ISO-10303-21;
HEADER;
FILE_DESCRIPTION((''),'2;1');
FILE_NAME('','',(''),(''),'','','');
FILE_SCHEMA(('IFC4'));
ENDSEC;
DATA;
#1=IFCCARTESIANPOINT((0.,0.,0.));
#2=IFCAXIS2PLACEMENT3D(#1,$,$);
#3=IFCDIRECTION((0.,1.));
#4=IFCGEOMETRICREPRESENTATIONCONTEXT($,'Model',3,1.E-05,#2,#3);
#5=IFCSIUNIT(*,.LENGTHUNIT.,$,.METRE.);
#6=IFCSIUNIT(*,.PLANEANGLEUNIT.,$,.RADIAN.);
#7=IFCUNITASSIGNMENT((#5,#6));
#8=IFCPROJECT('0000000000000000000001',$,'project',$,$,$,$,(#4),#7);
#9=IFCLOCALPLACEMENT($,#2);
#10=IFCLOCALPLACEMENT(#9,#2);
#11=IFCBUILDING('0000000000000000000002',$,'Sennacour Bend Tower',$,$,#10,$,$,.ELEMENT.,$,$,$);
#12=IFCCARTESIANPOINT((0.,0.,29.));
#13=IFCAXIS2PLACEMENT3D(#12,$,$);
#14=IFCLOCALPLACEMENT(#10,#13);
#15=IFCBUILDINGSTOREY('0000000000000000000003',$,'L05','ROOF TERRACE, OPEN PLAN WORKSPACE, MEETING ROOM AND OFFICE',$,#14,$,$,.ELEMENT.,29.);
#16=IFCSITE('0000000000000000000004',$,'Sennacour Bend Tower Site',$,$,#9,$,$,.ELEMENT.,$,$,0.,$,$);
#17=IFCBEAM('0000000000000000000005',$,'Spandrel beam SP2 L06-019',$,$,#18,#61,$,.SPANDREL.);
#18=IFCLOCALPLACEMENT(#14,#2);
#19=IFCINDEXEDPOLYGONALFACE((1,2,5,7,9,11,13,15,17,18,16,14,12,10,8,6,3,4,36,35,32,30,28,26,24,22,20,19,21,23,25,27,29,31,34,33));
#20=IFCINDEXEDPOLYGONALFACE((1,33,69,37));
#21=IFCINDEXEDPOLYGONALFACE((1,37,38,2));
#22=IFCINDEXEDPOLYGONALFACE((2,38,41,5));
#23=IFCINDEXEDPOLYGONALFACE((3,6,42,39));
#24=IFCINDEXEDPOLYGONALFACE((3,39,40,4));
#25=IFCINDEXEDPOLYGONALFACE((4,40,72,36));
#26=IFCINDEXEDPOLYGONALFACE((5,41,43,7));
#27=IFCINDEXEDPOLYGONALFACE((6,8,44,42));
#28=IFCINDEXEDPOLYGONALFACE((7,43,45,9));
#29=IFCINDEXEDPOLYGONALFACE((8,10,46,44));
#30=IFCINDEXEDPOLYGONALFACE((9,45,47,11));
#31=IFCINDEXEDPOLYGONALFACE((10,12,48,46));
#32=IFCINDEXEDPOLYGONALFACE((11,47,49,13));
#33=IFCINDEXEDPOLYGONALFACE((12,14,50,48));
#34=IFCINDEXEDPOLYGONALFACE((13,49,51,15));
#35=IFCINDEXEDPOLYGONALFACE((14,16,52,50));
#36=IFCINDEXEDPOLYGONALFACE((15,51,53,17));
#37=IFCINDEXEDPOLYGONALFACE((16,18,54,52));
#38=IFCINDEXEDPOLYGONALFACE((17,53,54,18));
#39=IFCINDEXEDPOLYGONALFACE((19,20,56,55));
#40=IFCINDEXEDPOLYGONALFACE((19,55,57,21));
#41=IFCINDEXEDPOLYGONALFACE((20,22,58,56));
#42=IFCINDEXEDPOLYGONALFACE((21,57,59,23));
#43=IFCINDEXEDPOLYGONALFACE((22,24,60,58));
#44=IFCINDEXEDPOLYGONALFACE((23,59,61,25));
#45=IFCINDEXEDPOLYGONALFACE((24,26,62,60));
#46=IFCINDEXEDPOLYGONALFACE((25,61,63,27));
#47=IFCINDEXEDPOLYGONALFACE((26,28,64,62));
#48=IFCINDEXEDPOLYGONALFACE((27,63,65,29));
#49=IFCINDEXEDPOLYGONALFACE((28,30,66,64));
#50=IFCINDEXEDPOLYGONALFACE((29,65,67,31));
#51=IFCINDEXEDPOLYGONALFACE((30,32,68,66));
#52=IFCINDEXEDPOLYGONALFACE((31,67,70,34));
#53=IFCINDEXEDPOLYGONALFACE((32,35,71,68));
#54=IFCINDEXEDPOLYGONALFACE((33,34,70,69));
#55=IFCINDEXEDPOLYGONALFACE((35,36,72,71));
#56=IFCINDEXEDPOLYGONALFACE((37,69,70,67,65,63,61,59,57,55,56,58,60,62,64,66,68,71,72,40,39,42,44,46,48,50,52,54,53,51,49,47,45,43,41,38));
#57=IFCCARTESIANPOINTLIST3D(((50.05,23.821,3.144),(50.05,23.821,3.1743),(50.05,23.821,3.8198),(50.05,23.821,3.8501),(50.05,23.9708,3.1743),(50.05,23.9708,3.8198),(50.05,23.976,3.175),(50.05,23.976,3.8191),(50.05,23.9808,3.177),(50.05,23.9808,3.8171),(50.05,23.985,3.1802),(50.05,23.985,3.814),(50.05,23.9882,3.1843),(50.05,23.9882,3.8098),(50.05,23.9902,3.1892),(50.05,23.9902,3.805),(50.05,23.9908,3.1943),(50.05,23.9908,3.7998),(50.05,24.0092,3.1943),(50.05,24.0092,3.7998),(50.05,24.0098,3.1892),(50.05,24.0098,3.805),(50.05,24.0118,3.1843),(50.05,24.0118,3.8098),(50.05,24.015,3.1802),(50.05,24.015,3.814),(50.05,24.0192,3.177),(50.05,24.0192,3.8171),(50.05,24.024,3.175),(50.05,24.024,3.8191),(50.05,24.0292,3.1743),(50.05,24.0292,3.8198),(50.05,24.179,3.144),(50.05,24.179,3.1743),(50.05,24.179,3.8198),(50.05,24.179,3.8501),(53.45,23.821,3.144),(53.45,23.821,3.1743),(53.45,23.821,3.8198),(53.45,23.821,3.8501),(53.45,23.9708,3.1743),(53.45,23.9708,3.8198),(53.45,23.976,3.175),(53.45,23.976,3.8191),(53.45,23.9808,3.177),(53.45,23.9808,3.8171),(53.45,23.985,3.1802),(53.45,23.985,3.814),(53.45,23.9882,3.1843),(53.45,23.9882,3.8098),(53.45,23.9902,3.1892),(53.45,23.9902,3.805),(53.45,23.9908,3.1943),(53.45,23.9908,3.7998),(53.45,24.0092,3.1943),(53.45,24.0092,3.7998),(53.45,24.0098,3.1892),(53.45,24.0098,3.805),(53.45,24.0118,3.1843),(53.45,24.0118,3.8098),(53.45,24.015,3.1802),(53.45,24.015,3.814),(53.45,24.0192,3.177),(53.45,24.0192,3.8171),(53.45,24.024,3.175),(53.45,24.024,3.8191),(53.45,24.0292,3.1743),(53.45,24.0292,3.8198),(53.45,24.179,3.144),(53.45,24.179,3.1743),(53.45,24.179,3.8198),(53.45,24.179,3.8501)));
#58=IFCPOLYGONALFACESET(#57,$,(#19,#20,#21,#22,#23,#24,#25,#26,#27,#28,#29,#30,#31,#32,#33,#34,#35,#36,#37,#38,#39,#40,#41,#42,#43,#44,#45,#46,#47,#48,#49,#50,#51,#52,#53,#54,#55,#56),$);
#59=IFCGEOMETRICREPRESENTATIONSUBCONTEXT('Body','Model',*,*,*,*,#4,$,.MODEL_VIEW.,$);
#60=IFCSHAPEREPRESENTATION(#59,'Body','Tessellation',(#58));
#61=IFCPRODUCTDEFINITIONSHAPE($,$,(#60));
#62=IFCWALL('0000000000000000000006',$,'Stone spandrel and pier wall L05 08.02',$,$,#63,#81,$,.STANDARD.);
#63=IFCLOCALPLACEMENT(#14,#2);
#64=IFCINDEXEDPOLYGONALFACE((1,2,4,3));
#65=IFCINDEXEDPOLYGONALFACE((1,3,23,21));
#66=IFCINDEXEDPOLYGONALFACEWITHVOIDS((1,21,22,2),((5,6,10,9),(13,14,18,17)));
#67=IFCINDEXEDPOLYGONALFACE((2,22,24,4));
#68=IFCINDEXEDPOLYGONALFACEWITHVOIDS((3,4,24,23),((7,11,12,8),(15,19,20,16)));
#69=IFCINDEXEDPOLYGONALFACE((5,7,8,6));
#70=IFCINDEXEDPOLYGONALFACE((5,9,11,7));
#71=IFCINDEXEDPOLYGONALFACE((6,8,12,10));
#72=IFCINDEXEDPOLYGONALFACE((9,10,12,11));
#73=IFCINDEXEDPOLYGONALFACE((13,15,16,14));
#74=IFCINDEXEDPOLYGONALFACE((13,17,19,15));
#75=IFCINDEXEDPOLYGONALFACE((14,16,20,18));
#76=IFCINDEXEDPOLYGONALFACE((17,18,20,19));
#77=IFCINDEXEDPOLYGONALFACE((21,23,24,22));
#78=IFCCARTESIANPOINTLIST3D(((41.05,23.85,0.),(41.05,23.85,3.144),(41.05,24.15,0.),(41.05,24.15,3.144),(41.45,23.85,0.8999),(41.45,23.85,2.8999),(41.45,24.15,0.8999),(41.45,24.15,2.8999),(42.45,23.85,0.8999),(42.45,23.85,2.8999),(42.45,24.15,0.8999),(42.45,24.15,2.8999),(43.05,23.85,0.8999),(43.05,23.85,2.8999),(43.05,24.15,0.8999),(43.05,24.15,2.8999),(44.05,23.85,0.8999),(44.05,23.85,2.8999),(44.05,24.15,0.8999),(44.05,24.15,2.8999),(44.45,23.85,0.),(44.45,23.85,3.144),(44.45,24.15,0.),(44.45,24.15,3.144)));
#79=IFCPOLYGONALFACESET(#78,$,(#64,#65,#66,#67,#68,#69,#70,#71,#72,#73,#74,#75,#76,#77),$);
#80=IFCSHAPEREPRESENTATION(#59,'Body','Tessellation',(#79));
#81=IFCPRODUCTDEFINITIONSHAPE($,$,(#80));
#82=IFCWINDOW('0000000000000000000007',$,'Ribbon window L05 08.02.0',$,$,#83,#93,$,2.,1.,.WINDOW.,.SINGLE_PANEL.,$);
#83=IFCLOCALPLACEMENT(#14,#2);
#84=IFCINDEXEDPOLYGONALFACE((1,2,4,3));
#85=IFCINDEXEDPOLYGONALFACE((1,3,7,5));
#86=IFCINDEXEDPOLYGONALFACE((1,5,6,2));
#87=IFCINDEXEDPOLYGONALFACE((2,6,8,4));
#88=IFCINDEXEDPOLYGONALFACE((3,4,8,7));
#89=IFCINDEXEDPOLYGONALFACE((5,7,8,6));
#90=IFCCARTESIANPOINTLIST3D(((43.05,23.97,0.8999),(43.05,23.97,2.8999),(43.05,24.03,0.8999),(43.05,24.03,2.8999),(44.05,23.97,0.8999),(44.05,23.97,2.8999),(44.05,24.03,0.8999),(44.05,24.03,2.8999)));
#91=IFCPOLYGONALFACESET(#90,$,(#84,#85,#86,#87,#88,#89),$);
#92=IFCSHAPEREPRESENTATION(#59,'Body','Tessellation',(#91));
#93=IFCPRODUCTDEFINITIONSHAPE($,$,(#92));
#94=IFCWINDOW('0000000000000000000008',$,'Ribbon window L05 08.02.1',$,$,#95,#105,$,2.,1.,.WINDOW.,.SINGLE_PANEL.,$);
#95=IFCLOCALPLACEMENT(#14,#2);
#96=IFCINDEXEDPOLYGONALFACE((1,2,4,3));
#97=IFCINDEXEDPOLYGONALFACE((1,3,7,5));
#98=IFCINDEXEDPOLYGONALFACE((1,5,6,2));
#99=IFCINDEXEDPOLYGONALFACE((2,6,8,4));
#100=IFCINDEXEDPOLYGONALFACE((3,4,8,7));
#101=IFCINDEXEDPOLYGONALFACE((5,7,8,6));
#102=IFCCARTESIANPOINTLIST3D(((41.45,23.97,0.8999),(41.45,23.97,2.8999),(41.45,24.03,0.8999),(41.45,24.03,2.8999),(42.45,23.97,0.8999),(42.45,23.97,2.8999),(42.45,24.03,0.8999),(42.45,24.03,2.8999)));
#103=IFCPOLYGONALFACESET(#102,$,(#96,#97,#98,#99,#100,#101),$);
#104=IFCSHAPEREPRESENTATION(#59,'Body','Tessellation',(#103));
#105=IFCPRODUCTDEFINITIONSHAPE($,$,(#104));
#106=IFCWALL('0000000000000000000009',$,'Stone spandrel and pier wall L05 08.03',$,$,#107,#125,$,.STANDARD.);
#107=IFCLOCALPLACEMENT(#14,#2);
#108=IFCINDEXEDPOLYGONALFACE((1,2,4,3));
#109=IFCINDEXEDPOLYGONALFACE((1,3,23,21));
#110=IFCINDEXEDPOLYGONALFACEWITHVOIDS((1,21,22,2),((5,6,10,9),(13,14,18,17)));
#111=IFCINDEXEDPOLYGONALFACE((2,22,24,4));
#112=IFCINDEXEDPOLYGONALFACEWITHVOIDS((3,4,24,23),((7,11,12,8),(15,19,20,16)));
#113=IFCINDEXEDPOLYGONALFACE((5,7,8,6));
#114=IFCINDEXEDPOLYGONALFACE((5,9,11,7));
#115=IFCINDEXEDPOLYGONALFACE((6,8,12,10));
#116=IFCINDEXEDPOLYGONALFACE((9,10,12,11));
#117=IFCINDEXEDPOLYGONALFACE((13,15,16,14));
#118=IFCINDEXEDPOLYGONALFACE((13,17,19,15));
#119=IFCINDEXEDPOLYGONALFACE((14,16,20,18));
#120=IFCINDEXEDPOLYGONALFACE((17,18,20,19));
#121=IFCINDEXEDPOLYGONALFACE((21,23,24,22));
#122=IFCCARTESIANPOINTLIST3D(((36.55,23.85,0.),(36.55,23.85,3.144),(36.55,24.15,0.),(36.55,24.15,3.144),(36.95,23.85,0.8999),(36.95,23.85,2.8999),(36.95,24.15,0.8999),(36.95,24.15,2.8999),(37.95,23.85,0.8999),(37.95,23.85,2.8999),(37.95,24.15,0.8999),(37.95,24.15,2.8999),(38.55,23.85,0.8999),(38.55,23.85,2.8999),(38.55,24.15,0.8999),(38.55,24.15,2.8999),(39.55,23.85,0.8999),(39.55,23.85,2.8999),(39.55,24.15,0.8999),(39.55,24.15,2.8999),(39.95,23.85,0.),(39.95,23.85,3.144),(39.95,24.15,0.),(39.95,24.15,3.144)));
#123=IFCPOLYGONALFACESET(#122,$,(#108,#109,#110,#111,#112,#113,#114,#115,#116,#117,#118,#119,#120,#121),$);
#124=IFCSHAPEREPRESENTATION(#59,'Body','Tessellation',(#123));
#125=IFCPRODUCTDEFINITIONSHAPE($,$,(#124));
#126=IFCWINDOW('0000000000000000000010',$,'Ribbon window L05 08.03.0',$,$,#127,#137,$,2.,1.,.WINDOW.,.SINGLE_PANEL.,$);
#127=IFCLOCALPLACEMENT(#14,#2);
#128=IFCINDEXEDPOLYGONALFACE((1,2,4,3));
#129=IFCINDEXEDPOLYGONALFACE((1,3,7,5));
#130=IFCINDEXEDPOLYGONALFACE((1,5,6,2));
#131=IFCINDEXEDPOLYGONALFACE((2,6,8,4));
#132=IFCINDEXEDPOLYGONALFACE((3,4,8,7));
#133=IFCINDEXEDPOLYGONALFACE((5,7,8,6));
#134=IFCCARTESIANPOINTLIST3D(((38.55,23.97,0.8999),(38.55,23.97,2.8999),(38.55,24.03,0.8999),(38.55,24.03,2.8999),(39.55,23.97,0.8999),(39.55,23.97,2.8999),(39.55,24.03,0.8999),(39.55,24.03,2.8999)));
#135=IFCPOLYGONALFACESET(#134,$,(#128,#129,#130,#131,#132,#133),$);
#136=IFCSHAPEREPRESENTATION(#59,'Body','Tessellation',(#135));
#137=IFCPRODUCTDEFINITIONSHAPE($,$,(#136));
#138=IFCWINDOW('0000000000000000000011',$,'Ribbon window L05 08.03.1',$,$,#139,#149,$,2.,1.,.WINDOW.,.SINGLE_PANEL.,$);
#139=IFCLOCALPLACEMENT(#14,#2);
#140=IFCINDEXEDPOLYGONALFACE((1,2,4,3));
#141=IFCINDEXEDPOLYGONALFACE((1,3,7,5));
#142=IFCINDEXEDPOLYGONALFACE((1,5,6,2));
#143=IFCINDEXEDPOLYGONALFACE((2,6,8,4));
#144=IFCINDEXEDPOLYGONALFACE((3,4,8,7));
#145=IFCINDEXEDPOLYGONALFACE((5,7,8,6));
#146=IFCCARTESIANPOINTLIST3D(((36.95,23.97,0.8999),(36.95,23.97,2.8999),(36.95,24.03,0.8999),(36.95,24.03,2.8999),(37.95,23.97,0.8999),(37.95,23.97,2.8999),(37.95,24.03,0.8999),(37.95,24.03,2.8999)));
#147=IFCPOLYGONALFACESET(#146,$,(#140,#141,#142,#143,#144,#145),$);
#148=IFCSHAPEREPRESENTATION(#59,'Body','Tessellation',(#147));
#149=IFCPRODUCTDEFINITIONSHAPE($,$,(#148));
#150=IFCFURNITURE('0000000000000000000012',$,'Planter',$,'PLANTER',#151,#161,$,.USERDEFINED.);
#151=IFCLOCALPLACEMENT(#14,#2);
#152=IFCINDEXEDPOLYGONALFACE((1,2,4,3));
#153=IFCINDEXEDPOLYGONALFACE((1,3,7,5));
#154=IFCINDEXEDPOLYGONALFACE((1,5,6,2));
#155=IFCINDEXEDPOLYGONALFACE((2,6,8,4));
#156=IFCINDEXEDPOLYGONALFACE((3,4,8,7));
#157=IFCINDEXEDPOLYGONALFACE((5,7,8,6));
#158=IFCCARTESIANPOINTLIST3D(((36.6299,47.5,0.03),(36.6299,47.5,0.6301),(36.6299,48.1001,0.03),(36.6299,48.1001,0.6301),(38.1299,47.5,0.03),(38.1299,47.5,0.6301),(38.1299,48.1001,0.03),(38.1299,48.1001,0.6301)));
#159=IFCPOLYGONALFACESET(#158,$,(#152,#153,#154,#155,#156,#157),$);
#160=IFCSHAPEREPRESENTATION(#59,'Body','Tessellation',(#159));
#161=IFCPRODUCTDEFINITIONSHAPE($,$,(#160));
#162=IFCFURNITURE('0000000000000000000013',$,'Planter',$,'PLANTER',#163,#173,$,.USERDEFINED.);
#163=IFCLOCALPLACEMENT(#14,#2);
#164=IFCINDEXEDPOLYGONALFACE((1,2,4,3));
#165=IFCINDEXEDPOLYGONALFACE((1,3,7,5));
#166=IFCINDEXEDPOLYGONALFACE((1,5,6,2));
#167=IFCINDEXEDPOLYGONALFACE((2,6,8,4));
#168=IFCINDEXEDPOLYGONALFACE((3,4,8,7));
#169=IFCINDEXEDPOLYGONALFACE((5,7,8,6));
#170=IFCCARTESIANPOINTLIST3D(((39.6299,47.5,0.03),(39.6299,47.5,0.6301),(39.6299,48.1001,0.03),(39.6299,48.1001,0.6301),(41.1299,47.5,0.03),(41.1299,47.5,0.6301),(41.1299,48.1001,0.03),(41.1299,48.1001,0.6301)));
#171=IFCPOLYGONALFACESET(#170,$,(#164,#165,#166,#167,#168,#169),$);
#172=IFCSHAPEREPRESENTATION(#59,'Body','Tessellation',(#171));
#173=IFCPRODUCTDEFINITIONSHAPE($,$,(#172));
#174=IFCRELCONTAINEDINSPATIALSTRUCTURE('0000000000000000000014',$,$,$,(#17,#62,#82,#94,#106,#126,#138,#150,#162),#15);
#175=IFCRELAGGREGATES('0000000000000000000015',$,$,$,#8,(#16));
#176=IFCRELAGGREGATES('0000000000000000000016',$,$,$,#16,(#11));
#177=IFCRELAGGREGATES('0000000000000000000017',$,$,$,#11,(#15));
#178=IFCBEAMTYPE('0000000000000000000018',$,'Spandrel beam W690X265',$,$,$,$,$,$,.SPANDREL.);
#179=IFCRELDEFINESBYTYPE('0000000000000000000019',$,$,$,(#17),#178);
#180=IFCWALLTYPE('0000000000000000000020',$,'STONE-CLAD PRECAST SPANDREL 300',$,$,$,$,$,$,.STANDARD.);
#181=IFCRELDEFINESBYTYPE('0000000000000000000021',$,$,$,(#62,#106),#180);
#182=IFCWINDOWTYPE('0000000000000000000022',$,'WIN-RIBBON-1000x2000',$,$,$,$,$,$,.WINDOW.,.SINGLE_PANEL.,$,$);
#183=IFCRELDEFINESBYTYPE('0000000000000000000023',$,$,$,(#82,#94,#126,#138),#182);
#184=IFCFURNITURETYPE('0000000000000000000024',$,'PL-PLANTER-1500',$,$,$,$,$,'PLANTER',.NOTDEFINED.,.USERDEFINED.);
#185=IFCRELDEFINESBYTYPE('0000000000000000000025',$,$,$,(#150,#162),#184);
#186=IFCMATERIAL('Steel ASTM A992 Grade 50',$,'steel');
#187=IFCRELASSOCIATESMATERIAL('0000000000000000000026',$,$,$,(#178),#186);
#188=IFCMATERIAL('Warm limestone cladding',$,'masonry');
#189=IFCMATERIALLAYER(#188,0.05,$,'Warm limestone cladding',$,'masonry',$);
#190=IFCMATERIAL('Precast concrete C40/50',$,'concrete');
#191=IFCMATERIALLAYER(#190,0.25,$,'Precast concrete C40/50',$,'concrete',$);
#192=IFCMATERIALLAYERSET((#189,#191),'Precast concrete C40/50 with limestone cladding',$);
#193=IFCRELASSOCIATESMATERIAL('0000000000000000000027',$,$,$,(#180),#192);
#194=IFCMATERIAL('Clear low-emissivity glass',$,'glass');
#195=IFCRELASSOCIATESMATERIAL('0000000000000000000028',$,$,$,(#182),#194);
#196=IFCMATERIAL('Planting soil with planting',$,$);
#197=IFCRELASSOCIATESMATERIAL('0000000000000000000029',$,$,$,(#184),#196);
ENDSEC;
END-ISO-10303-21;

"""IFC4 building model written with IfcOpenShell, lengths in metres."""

from ifc_helpers import new_model, si_unit, direction, frame, frame_2d, origin, origin_2d, place, context, subcontext, project, spatial, rectangle, i_section, extrude, material, layer, layer_set, material_profile, profile_set, type_object, element, fill, save


model = new_model("IFC4")

# Units and contexts
model_context = context("Model", 3, precision=1e-05, world=origin(), true_north=direction((0.0, 1.0)))
body_context = subcontext(model_context, "Body", "Model", "MODEL_VIEW")
ifc_project = project(units=[si_unit("LENGTHUNIT", "METRE"), si_unit("PLANEANGLEUNIT", "RADIAN")], contexts=[model_context])

# Site, building, storey
site_placement = place(None, origin())
site = spatial("IfcSite", under=ifc_project, at=site_placement, Name="Sennacour Bend Tower Site", CompositionType="ELEMENT", RefElevation=0.0)
building_placement = place(site_placement, origin())
building = spatial("IfcBuilding", under=site, at=building_placement, Name="Sennacour Bend Tower", CompositionType="ELEMENT")
storey_placement = place(building_placement, frame((0.0, 0.0, 29.0)))
storey = spatial("IfcBuildingStorey", under=building, at=storey_placement, Name="L05", Description="ROOF TERRACE, OPEN PLAN WORKSPACE, MEETING ROOM AND OFFICE", CompositionType="ELEMENT", Elevation=29.0)

# Beam
ifc_material_1 = material(Name="Steel ASTM A992 Grade 50", Category="steel")
ifc_material_profile_1 = material_profile(ifc_material_1, i_section(OverallWidth=0.3579, OverallDepth=0.7061, WebThickness=0.0183, FlangeThickness=0.0303, FilletRadius=0.02, at=origin_2d()), Name="Steel ASTM A992 Grade 50", Category="steel")
ifc_profile_set_1 = profile_set([ifc_material_profile_1], Name="Steel ASTM A992 Grade 50")
beam_type = type_object("IfcBeamType", Name="Spandrel beam W690X265", PredefinedType="SPANDREL", material=ifc_profile_set_1)
for number, where, z_axis, x_axis, name in (
    (1, (50.05, 24.0, 3.4971), (1.0, 0.0, 0.0), (0.0, 1.0, 0.0), "Spandrel beam SP2 L06-019"),
):
    element("IfcBeam", number, at=place(storey_placement, frame(where, z_axis=z_axis, x_axis=x_axis)), inside=storey, type_object=beam_type, Name=name, PredefinedType="SPANDREL", context=body_context, shape_type="SweptSolid", body=[
        extrude(i_section(OverallWidth=0.3579, OverallDepth=0.7061, WebThickness=0.0183, FlangeThickness=0.0303, FilletRadius=0.02, at=origin_2d()), origin(), (0.0, 0.0, 1.0), 3.3999),
    ])

# Shared definitions
ifc_material_2 = material(Name="Warm limestone cladding", Category="masonry")
ifc_layer_1 = layer(ifc_material_2, 0.05, Name="Warm limestone cladding", Category="masonry")
ifc_material_3 = material(Name="Precast concrete C40/50", Category="concrete")
ifc_layer_2 = layer(ifc_material_3, 0.25, Name="Precast concrete C40/50", Category="concrete")
ifc_layer_set = layer_set([ifc_layer_1, ifc_layer_2], Name="Precast concrete C40/50 with limestone cladding")
wall_type = type_object("IfcWallType", Name="STONE-CLAD PRECAST SPANDREL 300", PredefinedType="STANDARD", material=ifc_layer_set)

# Walls, openings, windows
wall_1_placement = place(storey_placement, frame((44.45, 24.0, 0.0), z_axis=(0.0, 0.0, 1.0), x_axis=(-1.0, 0.0, 0.0)))
wall_1 = element("IfcWall", 2, at=wall_1_placement, inside=storey, type_object=wall_type, Name="Stone spandrel and pier wall L05 08.02", PredefinedType="STANDARD", context=body_context, shape_type="SweptSolid", body=[
    extrude(rectangle(XDim=3.3999, YDim=0.3, at=frame_2d((1.7, 0.0))), origin(), (0.0, 0.0, 1.0), 3.144),
])
opening_1_placement = place(wall_1_placement, frame((0.3999, 0.0, 0.8999)))
opening_1 = element("IfcOpeningElement", 3, at=opening_1_placement, cuts=wall_1, PredefinedType="OPENING", context=body_context, shape_type="SweptSolid", body=[
    extrude(rectangle(XDim=1.0, YDim=2.0, at=frame_2d((0.5, 1.0))), frame((0.0, 0.1602, 0.0), z_axis=(0.0, -1.0, 0.0), x_axis=(1.0, 0.0, 0.0)), (0.0, 0.0, 1.0), 0.3201),
])
opening_2_placement = place(wall_1_placement, frame((2.0, 0.0, 0.8999)))
opening_2 = element("IfcOpeningElement", 4, at=opening_2_placement, cuts=wall_1, PredefinedType="OPENING", context=body_context, shape_type="SweptSolid", body=[
    extrude(rectangle(XDim=1.0, YDim=2.0, at=frame_2d((0.5, 1.0))), frame((0.0, 0.1602, 0.0), z_axis=(0.0, -1.0, 0.0), x_axis=(1.0, 0.0, 0.0)), (0.0, 0.0, 1.0), 0.3201),
])
ifc_material_4 = material(Name="Clear low-emissivity glass", Category="glass")
window_type = type_object("IfcWindowType", Name="WIN-RIBBON-1000x2000", PartitioningType="SINGLE_PANEL", PredefinedType="WINDOW", material=ifc_material_4)
window_1_placement = place(opening_1_placement, origin())
window_1 = element("IfcWindow", 5, at=window_1_placement, inside=storey, type_object=window_type, Name="Ribbon window L05 08.02.0", OverallHeight=2.0, OverallWidth=1.0, PartitioningType="SINGLE_PANEL", PredefinedType="WINDOW", context=body_context, shape_type="SweptSolid", body=[
    extrude(rectangle(XDim=1.0, YDim=2.0, at=frame_2d((0.5, 1.0))), frame((0.0, 0.03, 0.0), z_axis=(0.0, -1.0, 0.0), x_axis=(1.0, 0.0, 0.0)), (0.0, 0.0, 1.0), 0.0601),
])
fill(opening_1, window_1)
window_2_placement = place(opening_2_placement, origin())
window_2 = element("IfcWindow", 6, at=window_2_placement, inside=storey, type_object=window_type, Name="Ribbon window L05 08.02.1", OverallHeight=2.0, OverallWidth=1.0, PartitioningType="SINGLE_PANEL", PredefinedType="WINDOW", context=body_context, shape_type="SweptSolid", body=[
    extrude(rectangle(XDim=1.0, YDim=2.0, at=frame_2d((0.5, 1.0))), frame((0.0, 0.03, 0.0), z_axis=(0.0, -1.0, 0.0), x_axis=(1.0, 0.0, 0.0)), (0.0, 0.0, 1.0), 0.0601),
])
fill(opening_2, window_2)
wall_2_placement = place(storey_placement, frame((39.95, 24.0, 0.0), z_axis=(0.0, 0.0, 1.0), x_axis=(-1.0, 0.0, 0.0)))
wall_2 = element("IfcWall", 7, at=wall_2_placement, inside=storey, type_object=wall_type, Name="Stone spandrel and pier wall L05 08.03", PredefinedType="STANDARD", context=body_context, shape_type="SweptSolid", body=[
    extrude(rectangle(XDim=3.3999, YDim=0.3, at=frame_2d((1.7, 0.0))), origin(), (0.0, 0.0, 1.0), 3.144),
])
opening_3_placement = place(wall_2_placement, frame((0.3999, 0.0, 0.8999)))
opening_3 = element("IfcOpeningElement", 8, at=opening_3_placement, cuts=wall_2, PredefinedType="OPENING", context=body_context, shape_type="SweptSolid", body=[
    extrude(rectangle(XDim=1.0, YDim=2.0, at=frame_2d((0.5, 1.0))), frame((0.0, 0.1602, 0.0), z_axis=(0.0, -1.0, 0.0), x_axis=(1.0, 0.0, 0.0)), (0.0, 0.0, 1.0), 0.3201),
])
opening_4_placement = place(wall_2_placement, frame((2.0, 0.0, 0.8999)))
opening_4 = element("IfcOpeningElement", 9, at=opening_4_placement, cuts=wall_2, PredefinedType="OPENING", context=body_context, shape_type="SweptSolid", body=[
    extrude(rectangle(XDim=1.0, YDim=2.0, at=frame_2d((0.5, 1.0))), frame((0.0, 0.1602, 0.0), z_axis=(0.0, -1.0, 0.0), x_axis=(1.0, 0.0, 0.0)), (0.0, 0.0, 1.0), 0.3201),
])
window_3_placement = place(opening_3_placement, origin())
window_3 = element("IfcWindow", 10, at=window_3_placement, inside=storey, type_object=window_type, Name="Ribbon window L05 08.03.0", OverallHeight=2.0, OverallWidth=1.0, PartitioningType="SINGLE_PANEL", PredefinedType="WINDOW", context=body_context, shape_type="SweptSolid", body=[
    extrude(rectangle(XDim=1.0, YDim=2.0, at=frame_2d((0.5, 1.0))), frame((0.0, 0.03, 0.0), z_axis=(0.0, -1.0, 0.0), x_axis=(1.0, 0.0, 0.0)), (0.0, 0.0, 1.0), 0.0601),
])
fill(opening_3, window_3)
window_4_placement = place(opening_4_placement, origin())
window_4 = element("IfcWindow", 11, at=window_4_placement, inside=storey, type_object=window_type, Name="Ribbon window L05 08.03.1", OverallHeight=2.0, OverallWidth=1.0, PartitioningType="SINGLE_PANEL", PredefinedType="WINDOW", context=body_context, shape_type="SweptSolid", body=[
    extrude(rectangle(XDim=1.0, YDim=2.0, at=frame_2d((0.5, 1.0))), frame((0.0, 0.03, 0.0), z_axis=(0.0, -1.0, 0.0), x_axis=(1.0, 0.0, 0.0)), (0.0, 0.0, 1.0), 0.0601),
])
fill(opening_4, window_4)

# Furniture
ifc_material_5 = material(Name="Planting soil with planting")
furniture_type = type_object("IfcFurnitureType", Name="PL-PLANTER-1500", ElementType="PLANTER", AssemblyPlace="NOTDEFINED", PredefinedType="USERDEFINED", material=ifc_material_5)
for number, where, z_axis, x_axis, name in (
    (12, (37.3799, 47.8, 0.03), (0.0, 0.0, 1.0), (1.0, 0.0, 0.0), "Planter"),
    (13, (40.3799, 47.8, 0.03), (0.0, 0.0, 1.0), (1.0, 0.0, 0.0), "Planter"),
):
    element("IfcFurniture", number, at=place(storey_placement, frame(where, z_axis=z_axis, x_axis=x_axis)), inside=storey, type_object=furniture_type, Name=name, ObjectType="PLANTER", PredefinedType="USERDEFINED", context=body_context, shape_type="SweptSolid", body=[
        extrude(rectangle(XDim=1.5, YDim=0.6001, at=origin_2d()), origin(), (0.0, 0.0, 1.0), 0.6001),
    ])

save(model, "model.ifc")
